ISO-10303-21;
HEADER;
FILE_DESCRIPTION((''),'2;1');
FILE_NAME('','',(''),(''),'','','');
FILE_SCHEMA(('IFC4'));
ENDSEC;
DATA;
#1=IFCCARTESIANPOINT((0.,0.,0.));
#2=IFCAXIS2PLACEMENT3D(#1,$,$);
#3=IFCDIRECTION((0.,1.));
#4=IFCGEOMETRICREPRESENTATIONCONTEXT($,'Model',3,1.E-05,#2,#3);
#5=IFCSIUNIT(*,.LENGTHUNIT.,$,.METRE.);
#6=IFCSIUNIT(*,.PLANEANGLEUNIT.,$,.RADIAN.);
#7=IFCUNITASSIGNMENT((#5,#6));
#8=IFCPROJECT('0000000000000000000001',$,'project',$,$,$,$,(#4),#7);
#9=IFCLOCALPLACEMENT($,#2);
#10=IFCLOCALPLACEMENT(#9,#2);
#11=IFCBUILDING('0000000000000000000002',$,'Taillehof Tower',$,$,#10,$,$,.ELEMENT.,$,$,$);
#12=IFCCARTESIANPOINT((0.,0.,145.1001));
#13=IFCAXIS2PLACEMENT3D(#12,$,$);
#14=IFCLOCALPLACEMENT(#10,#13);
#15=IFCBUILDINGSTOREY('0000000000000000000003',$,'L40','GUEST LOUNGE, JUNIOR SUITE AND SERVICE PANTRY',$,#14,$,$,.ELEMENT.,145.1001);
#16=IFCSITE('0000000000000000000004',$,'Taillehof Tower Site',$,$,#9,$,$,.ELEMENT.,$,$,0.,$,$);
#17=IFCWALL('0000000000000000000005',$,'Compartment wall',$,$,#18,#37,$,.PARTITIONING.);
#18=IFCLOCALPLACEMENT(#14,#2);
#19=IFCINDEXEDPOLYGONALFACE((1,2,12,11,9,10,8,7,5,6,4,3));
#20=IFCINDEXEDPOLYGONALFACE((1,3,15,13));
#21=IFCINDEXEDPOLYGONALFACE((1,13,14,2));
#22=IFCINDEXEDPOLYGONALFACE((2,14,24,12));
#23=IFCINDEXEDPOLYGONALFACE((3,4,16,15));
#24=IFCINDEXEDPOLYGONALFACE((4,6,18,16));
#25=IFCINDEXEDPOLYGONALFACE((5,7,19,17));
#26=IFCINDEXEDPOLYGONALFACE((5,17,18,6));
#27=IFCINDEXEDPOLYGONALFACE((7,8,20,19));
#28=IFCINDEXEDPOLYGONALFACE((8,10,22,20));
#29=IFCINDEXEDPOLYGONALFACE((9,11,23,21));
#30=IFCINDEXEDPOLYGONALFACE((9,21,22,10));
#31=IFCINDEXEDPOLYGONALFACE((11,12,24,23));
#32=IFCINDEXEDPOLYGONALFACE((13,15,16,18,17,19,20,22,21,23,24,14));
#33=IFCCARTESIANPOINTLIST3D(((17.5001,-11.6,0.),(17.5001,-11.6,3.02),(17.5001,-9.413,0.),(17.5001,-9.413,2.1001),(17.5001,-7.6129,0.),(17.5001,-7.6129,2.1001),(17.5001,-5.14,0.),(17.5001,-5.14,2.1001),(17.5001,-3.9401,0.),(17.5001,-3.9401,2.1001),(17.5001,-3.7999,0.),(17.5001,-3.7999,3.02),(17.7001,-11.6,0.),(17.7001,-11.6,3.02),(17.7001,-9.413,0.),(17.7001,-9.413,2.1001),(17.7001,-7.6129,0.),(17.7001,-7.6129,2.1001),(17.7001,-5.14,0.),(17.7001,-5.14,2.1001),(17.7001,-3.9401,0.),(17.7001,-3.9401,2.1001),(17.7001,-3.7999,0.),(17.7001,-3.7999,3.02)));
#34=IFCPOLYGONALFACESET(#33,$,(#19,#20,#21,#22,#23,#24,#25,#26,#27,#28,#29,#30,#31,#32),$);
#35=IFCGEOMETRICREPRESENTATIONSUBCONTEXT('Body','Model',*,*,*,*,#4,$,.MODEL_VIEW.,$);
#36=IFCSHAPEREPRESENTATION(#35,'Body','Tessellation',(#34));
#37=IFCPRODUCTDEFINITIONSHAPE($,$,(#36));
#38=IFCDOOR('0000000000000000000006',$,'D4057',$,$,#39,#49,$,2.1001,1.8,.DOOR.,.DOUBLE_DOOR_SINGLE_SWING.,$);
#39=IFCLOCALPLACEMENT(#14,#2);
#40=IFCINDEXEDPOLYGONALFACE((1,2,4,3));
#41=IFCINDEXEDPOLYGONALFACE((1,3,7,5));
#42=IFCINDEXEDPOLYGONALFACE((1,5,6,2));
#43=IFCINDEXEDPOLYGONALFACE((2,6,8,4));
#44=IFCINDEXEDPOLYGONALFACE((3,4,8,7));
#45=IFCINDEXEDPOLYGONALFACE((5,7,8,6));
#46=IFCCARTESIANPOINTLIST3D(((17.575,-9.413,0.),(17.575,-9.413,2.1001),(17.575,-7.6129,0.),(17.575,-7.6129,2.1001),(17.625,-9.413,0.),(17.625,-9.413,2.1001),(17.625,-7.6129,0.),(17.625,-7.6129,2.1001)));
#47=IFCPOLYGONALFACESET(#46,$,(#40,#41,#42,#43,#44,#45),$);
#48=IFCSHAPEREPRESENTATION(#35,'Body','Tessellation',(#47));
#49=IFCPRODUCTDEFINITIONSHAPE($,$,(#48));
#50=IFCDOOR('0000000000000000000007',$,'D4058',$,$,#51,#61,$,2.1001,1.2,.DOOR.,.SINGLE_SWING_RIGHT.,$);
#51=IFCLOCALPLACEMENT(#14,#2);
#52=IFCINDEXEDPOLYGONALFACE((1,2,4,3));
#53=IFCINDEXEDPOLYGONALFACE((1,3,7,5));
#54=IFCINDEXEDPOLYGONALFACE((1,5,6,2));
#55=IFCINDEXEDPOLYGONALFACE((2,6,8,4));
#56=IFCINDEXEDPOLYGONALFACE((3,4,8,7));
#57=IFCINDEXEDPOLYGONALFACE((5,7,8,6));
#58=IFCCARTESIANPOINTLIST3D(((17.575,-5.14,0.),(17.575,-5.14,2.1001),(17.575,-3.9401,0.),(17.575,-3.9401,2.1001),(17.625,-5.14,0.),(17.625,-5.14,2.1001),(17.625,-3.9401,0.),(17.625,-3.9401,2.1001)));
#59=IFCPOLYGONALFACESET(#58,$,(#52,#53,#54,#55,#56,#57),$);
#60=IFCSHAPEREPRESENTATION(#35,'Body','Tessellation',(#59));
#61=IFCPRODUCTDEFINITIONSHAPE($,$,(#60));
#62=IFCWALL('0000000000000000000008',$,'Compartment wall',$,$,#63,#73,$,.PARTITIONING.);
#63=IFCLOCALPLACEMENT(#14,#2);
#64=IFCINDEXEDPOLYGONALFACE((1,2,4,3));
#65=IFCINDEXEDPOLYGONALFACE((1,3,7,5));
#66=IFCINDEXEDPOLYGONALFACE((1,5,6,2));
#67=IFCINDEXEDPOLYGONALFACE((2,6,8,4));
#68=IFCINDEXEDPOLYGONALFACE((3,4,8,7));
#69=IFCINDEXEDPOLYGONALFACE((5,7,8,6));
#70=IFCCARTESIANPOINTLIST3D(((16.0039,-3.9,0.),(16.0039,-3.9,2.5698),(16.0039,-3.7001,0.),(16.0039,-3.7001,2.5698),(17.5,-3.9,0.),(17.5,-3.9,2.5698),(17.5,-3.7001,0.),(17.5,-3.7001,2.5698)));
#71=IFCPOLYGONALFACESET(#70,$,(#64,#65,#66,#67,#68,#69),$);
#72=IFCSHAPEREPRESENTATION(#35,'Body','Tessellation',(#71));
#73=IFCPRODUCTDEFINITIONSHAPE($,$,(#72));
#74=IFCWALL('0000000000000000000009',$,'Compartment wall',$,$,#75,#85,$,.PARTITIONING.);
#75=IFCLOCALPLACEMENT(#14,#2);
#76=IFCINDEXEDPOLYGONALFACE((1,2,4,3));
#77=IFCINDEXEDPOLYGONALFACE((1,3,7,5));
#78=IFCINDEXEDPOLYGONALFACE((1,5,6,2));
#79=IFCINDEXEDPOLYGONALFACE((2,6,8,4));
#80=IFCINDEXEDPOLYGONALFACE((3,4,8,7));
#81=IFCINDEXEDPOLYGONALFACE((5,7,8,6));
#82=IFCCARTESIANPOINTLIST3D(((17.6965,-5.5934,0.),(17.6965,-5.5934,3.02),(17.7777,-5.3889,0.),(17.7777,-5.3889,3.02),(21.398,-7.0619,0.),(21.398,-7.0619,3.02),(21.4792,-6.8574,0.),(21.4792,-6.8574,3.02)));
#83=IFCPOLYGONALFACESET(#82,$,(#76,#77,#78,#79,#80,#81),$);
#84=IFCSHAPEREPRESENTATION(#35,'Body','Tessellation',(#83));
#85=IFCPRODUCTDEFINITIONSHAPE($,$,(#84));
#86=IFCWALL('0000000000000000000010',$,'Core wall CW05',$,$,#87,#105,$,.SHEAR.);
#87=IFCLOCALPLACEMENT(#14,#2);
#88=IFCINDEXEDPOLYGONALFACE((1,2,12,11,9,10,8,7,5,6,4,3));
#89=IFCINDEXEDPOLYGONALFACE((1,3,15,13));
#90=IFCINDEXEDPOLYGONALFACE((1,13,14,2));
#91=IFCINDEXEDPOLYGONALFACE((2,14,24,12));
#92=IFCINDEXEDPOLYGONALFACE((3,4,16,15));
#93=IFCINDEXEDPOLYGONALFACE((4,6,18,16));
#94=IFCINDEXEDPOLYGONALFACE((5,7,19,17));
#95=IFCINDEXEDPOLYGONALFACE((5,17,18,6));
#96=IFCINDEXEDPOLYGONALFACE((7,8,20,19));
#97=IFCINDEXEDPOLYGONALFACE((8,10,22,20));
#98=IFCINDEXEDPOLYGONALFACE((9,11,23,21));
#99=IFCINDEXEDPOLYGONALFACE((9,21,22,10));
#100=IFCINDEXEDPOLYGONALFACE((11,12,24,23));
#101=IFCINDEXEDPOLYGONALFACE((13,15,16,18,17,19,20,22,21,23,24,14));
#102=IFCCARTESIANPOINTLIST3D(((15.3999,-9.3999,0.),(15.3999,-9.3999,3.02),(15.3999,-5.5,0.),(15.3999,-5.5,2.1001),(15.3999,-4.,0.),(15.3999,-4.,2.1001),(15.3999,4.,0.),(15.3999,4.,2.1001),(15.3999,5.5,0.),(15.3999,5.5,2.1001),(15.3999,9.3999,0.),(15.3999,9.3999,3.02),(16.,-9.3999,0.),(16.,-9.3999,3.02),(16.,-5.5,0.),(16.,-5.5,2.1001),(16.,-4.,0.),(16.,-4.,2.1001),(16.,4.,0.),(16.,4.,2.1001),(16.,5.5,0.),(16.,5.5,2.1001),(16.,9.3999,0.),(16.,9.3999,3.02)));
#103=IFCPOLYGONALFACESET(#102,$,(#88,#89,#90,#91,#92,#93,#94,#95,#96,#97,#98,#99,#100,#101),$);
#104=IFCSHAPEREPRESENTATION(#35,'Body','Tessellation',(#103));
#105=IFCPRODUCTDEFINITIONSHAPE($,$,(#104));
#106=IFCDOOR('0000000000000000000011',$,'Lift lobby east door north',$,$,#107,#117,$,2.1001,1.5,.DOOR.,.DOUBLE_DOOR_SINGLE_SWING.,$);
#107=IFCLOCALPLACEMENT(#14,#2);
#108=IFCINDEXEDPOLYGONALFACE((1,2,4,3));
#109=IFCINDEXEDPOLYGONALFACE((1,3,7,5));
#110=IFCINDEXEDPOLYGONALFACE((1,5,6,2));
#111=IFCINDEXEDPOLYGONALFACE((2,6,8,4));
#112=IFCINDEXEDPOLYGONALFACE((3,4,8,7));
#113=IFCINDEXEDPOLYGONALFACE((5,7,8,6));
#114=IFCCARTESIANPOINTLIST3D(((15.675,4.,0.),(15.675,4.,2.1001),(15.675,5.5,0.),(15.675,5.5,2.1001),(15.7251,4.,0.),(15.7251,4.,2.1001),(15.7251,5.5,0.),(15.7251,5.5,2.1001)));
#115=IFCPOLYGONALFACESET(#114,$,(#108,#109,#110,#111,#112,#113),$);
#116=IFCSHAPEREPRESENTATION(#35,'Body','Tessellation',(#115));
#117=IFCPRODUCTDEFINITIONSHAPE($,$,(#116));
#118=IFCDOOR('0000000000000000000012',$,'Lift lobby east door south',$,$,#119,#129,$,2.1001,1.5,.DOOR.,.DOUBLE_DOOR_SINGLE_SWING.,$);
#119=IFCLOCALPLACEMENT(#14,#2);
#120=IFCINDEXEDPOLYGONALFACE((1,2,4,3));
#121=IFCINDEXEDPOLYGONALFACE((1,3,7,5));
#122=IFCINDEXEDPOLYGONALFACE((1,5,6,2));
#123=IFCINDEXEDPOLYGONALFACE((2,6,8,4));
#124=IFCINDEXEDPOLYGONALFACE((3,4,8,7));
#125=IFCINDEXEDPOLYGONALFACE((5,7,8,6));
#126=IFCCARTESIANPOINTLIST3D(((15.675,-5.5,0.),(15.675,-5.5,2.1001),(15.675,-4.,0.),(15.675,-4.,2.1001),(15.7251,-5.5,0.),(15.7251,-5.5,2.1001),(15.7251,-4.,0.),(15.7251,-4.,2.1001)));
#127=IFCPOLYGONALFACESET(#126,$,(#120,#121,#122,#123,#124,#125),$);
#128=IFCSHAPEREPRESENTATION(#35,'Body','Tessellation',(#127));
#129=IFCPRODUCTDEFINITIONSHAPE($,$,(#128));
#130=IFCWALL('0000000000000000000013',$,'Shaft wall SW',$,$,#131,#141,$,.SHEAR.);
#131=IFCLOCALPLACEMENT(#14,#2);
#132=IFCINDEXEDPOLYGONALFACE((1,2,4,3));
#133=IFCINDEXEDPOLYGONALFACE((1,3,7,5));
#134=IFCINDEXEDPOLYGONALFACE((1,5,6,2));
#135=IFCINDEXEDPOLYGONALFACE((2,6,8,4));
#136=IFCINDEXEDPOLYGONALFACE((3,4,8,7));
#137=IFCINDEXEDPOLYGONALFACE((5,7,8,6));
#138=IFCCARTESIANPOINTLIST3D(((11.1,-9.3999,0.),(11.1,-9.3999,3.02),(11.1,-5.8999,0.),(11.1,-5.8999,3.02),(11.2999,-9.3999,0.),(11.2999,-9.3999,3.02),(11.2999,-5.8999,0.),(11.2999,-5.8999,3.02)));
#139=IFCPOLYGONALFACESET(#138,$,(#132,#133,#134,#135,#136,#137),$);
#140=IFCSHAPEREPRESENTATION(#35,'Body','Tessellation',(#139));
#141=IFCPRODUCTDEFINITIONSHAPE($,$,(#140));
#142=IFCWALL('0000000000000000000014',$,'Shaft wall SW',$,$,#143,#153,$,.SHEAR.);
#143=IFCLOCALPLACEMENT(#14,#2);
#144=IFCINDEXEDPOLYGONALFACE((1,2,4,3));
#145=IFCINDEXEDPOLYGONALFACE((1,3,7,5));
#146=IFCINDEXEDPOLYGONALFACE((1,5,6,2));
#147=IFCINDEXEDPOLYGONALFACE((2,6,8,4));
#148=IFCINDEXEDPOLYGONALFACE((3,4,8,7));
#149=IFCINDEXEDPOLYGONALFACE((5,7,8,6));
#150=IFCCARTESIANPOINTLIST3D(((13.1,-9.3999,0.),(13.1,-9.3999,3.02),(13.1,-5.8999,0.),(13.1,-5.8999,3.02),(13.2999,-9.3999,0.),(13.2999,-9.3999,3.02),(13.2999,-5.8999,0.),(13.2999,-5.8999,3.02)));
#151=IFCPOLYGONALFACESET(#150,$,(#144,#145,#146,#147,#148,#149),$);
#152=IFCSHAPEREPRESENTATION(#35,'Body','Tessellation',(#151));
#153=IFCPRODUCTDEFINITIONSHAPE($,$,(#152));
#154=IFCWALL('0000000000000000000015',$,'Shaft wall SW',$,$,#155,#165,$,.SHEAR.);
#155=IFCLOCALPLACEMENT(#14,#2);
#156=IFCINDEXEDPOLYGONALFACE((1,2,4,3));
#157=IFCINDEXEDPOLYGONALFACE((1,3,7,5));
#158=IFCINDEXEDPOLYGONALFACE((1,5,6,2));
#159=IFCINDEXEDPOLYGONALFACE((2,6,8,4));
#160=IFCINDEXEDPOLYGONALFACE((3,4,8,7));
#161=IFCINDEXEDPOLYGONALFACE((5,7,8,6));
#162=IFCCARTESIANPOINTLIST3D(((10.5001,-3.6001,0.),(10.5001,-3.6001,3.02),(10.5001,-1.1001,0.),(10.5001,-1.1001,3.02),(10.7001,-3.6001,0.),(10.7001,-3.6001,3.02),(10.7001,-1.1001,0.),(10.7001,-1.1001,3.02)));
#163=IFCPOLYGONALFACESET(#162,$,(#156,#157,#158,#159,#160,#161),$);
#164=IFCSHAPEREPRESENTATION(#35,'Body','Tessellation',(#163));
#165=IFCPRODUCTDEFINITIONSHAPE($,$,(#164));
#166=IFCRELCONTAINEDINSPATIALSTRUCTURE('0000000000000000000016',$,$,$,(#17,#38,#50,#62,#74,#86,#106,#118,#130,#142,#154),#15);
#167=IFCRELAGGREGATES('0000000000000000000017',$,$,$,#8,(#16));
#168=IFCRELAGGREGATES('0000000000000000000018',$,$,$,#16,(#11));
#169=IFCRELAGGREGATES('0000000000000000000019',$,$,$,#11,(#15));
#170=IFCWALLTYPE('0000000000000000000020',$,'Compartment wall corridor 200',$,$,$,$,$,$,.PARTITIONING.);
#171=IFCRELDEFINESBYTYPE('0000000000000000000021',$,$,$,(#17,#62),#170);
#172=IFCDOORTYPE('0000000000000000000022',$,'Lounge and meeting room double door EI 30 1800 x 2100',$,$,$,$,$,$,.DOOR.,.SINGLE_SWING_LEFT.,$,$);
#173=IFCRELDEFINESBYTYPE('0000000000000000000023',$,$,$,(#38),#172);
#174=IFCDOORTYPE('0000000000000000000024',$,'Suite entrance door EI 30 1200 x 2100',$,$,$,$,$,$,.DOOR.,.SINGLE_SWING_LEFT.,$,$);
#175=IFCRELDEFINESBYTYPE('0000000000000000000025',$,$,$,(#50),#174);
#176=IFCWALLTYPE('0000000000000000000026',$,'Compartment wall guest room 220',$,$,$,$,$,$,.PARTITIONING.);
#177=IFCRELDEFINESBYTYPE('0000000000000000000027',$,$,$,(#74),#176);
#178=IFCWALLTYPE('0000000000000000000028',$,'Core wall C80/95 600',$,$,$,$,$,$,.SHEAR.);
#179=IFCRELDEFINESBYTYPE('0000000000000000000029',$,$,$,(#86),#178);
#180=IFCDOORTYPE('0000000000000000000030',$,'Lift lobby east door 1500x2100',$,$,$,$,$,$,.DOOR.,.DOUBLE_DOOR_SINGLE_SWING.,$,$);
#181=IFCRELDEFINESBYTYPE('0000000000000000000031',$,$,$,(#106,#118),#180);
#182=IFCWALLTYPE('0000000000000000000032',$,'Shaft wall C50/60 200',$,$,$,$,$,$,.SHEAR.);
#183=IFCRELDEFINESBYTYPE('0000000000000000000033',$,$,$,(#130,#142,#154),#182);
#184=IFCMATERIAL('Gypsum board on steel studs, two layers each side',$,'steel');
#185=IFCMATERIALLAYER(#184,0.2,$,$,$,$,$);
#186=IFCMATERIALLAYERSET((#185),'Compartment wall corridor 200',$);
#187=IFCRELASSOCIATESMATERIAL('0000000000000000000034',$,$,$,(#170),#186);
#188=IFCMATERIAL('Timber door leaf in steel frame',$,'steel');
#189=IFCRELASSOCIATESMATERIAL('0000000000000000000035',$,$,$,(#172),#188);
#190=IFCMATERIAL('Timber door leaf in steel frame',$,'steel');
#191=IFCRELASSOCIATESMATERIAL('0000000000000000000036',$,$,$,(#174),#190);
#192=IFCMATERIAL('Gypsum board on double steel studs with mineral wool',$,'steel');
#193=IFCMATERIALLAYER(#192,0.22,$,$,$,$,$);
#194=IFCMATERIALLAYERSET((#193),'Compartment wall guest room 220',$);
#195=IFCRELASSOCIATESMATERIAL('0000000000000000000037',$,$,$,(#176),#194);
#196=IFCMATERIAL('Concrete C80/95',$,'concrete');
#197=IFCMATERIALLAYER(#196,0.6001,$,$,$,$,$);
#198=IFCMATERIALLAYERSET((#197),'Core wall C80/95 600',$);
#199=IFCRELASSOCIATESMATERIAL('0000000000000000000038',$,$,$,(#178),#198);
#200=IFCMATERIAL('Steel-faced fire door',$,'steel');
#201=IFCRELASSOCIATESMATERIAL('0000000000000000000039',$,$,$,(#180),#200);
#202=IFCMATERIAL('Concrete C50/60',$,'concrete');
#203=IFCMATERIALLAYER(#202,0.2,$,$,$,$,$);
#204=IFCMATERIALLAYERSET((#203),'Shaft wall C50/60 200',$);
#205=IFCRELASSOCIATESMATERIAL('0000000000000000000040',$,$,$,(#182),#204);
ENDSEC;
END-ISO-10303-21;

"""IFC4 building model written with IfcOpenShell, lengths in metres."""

from ifc_helpers import new_model, si_unit, direction, frame, frame_2d, origin, place, context, subcontext, project, spatial, rectangle, extrude, material, layer, layer_set, type_object, element, fill, save


model = new_model("IFC4")

# Units and contexts
model_context = context("Model", 3, precision=1e-05, world=origin(), true_north=direction((0.0, 1.0)))
body_context = subcontext(model_context, "Body", "Model", "MODEL_VIEW")
ifc_project = project(units=[si_unit("LENGTHUNIT", "METRE"), si_unit("PLANEANGLEUNIT", "RADIAN")], contexts=[model_context])

# Site, building, storey
site_placement = place(None, origin())
site = spatial("IfcSite", under=ifc_project, at=site_placement, Name="Taillehof Tower Site", CompositionType="ELEMENT", RefElevation=0.0)
building_placement = place(site_placement, origin())
building = spatial("IfcBuilding", under=site, at=building_placement, Name="Taillehof Tower", CompositionType="ELEMENT")
storey_placement = place(building_placement, frame((0.0, 0.0, 145.1001)))
storey = spatial("IfcBuildingStorey", under=building, at=storey_placement, Name="L40", Description="GUEST LOUNGE, JUNIOR SUITE AND SERVICE PANTRY", CompositionType="ELEMENT", Elevation=145.1001)

# Wall, openings, doors
ifc_material_1 = material(Name="Gypsum board on steel studs, two layers each side", Category="steel")
ifc_layer_1 = layer(ifc_material_1, 0.2)
ifc_layer_set_1 = layer_set([ifc_layer_1], Name="Compartment wall corridor 200")
wall_type_1 = type_object("IfcWallType", Name="Compartment wall corridor 200", PredefinedType="PARTITIONING", material=ifc_layer_set_1)
wall_1_placement = place(storey_placement, frame((17.6001, -3.8, 0.0), z_axis=(0.0, 0.0, 1.0), x_axis=(0.0, -1.0, 0.0)))
wall_1 = element("IfcWall", 1, at=wall_1_placement, inside=storey, type_object=wall_type_1, Name="Compartment wall", PredefinedType="PARTITIONING", context=body_context, shape_type="SweptSolid", body=[
    extrude(rectangle(XDim=7.8, YDim=0.2, at=frame_2d((3.8999, 0.0))), origin(), (0.0, 0.0, 1.0), 3.02),
])
opening_1_placement = place(wall_1_placement, frame((3.813, 0.0, 0.0)))
opening_1 = element("IfcOpeningElement", 2, at=opening_1_placement, cuts=wall_1, PredefinedType="OPENING", context=body_context, shape_type="SweptSolid", body=[
    extrude(rectangle(XDim=1.8, YDim=2.1001, at=frame_2d((0.8999, 1.05))), frame((0.0, 0.1099, 0.0), z_axis=(0.0, -1.0, 0.0), x_axis=(1.0, 0.0, 0.0)), (0.0, 0.0, 1.0), 0.22),
])
opening_2_placement = place(wall_1_placement, frame((0.1399, 0.0, 0.0)))
opening_2 = element("IfcOpeningElement", 3, at=opening_2_placement, cuts=wall_1, PredefinedType="OPENING", context=body_context, shape_type="SweptSolid", body=[
    extrude(rectangle(XDim=1.2, YDim=2.1001, at=frame_2d((0.6001, 1.05))), frame((0.0, 0.1099, 0.0), z_axis=(0.0, -1.0, 0.0), x_axis=(1.0, 0.0, 0.0)), (0.0, 0.0, 1.0), 0.22),
])
ifc_material_2 = material(Name="Timber door leaf in steel frame", Category="steel")
door_type_1 = type_object("IfcDoorType", Name="Lounge and meeting room double door EI 30 1800 x 2100", OperationType="SINGLE_SWING_LEFT", PredefinedType="DOOR", material=ifc_material_2)
door_1_placement = place(opening_1_placement, origin())
door_1 = element("IfcDoor", 4, at=door_1_placement, inside=storey, type_object=door_type_1, Name="D4057", OperationType="DOUBLE_DOOR_SINGLE_SWING", OverallHeight=2.1001, OverallWidth=1.8, PredefinedType="DOOR", context=body_context, shape_type="SweptSolid", body=[
    extrude(rectangle(XDim=1.8, YDim=2.1001, at=frame_2d((0.8999, 1.05))), frame((0.0, 0.0249, 0.0), z_axis=(0.0, -1.0, 0.0), x_axis=(1.0, 0.0, 0.0)), (0.0, 0.0, 1.0), 0.05),
])
fill(opening_1, door_1)
ifc_material_3 = material(Name="Timber door leaf in steel frame", Category="steel")
door_type_2 = type_object("IfcDoorType", Name="Suite entrance door EI 30 1200 x 2100", OperationType="SINGLE_SWING_LEFT", PredefinedType="DOOR", material=ifc_material_3)
door_2_placement = place(opening_2_placement, origin())
door_2 = element("IfcDoor", 5, at=door_2_placement, inside=storey, type_object=door_type_2, Name="D4058", OperationType="SINGLE_SWING_RIGHT", OverallHeight=2.1001, OverallWidth=1.2, PredefinedType="DOOR", context=body_context, shape_type="SweptSolid", body=[
    extrude(rectangle(XDim=1.2, YDim=2.1001, at=frame_2d((0.6001, 1.05))), frame((0.0, 0.0249, 0.0), z_axis=(0.0, -1.0, 0.0), x_axis=(1.0, 0.0, 0.0)), (0.0, 0.0, 1.0), 0.05),
])
fill(opening_2, door_2)

# Walls
wall_2_placement = place(storey_placement, frame((16.0039, -3.8, 0.0), z_axis=(0.0, 0.0, 1.0), x_axis=(1.0, 0.0, 0.0)))
element("IfcWall", 6, at=wall_2_placement, inside=storey, type_object=wall_type_1, Name="Compartment wall", PredefinedType="PARTITIONING", context=body_context, shape_type="SweptSolid", body=[
    extrude(rectangle(XDim=1.4961, YDim=0.2, at=frame_2d((0.748, 0.0))), origin(), (0.0, 0.0, 1.0), 2.5698),
])
ifc_material_4 = material(Name="Gypsum board on double steel studs with mineral wool", Category="steel")
ifc_layer_2 = layer(ifc_material_4, 0.22)
ifc_layer_set_2 = layer_set([ifc_layer_2], Name="Compartment wall guest room 220")
wall_type_2 = type_object("IfcWallType", Name="Compartment wall guest room 220", PredefinedType="PARTITIONING", material=ifc_layer_set_2)
wall_3_placement = place(storey_placement, frame((21.4387, -6.9597, 0.0), z_axis=(0.0, 0.0, 1.0), x_axis=(-0.929517, 0.368778, 0.0)))
element("IfcWall", 7, at=wall_3_placement, inside=storey, type_object=wall_type_2, Name="Compartment wall", PredefinedType="PARTITIONING", context=body_context, shape_type="SweptSolid", body=[
    extrude(rectangle(XDim=3.9822, YDim=0.22, at=frame_2d((1.9912, 0.0))), origin(), (0.0, 0.0, 1.0), 3.02),
])

# Wall, openings, doors
ifc_material_5 = material(Name="Concrete C80/95", Category="concrete")
ifc_layer_3 = layer(ifc_material_5, 0.6001)
ifc_layer_set_3 = layer_set([ifc_layer_3], Name="Core wall C80/95 600")
wall_type_3 = type_object("IfcWallType", Name="Core wall C80/95 600", PredefinedType="SHEAR", material=ifc_layer_set_3)
wall_4_placement = place(storey_placement, frame((15.7, -9.3999, 0.0), z_axis=(0.0, 0.0, 1.0), x_axis=(0.0, 1.0, 0.0)))
wall_4 = element("IfcWall", 8, at=wall_4_placement, inside=storey, type_object=wall_type_3, Name="Core wall CW05", PredefinedType="SHEAR", context=body_context, shape_type="SweptSolid", body=[
    extrude(rectangle(XDim=18.7998, YDim=0.6001, at=frame_2d((9.3999, 0.0))), origin(), (0.0, 0.0, 1.0), 3.02),
])
opening_3_placement = place(wall_4_placement, frame((13.3999, 0.0, 0.0)))
opening_3 = element("IfcOpeningElement", 9, at=opening_3_placement, cuts=wall_4, PredefinedType="OPENING", context=body_context, shape_type="SweptSolid", body=[
    extrude(rectangle(XDim=1.5, YDim=2.1001, at=frame_2d((0.75, 1.05))), frame((0.0, 0.3101, 0.0), z_axis=(0.0, -1.0, 0.0), x_axis=(1.0, 0.0, 0.0)), (0.0, 0.0, 1.0), 0.6201),
])
opening_4_placement = place(wall_4_placement, frame((3.8999, 0.0, 0.0)))
opening_4 = element("IfcOpeningElement", 10, at=opening_4_placement, cuts=wall_4, PredefinedType="OPENING", context=body_context, shape_type="SweptSolid", body=[
    extrude(rectangle(XDim=1.5, YDim=2.1001, at=frame_2d((0.75, 1.05))), frame((0.0, 0.3101, 0.0), z_axis=(0.0, -1.0, 0.0), x_axis=(1.0, 0.0, 0.0)), (0.0, 0.0, 1.0), 0.6201),
])
ifc_material_6 = material(Name="Steel-faced fire door", Category="steel")
door_type_3 = type_object("IfcDoorType", Name="Lift lobby east door 1500x2100", OperationType="DOUBLE_DOOR_SINGLE_SWING", PredefinedType="DOOR", material=ifc_material_6)
door_3_placement = place(opening_3_placement, origin())
door_3 = element("IfcDoor", 11, at=door_3_placement, inside=storey, type_object=door_type_3, Name="Lift lobby east door north", OperationType="DOUBLE_DOOR_SINGLE_SWING", OverallHeight=2.1001, OverallWidth=1.5, PredefinedType="DOOR", context=body_context, shape_type="SweptSolid", body=[
    extrude(rectangle(XDim=1.5, YDim=2.1001, at=frame_2d((0.75, 1.05))), frame((0.0, 0.0249, 0.0), z_axis=(0.0, -1.0, 0.0), x_axis=(1.0, 0.0, 0.0)), (0.0, 0.0, 1.0), 0.05),
])
fill(opening_3, door_3)
door_4_placement = place(opening_4_placement, origin())
door_4 = element("IfcDoor", 12, at=door_4_placement, inside=storey, type_object=door_type_3, Name="Lift lobby east door south", OperationType="DOUBLE_DOOR_SINGLE_SWING", OverallHeight=2.1001, OverallWidth=1.5, PredefinedType="DOOR", context=body_context, shape_type="SweptSolid", body=[
    extrude(rectangle(XDim=1.5, YDim=2.1001, at=frame_2d((0.75, 1.05))), frame((0.0, 0.0249, 0.0), z_axis=(0.0, -1.0, 0.0), x_axis=(1.0, 0.0, 0.0)), (0.0, 0.0, 1.0), 0.05),
])
fill(opening_4, door_4)

# Walls
ifc_material_7 = material(Name="Concrete C50/60", Category="concrete")
ifc_layer_4 = layer(ifc_material_7, 0.2)
ifc_layer_set_4 = layer_set([ifc_layer_4], Name="Shaft wall C50/60 200")
wall_type_4 = type_object("IfcWallType", Name="Shaft wall C50/60 200", PredefinedType="SHEAR", material=ifc_layer_set_4)
for number, where, z_axis, x_axis, name in (
    (13, (11.2, -9.3999, 0.0), (0.0, 0.0, 1.0), (0.0, 1.0, 0.0), "Shaft wall SW"),
    (14, (13.2, -9.3999, 0.0), (0.0, 0.0, 1.0), (0.0, 1.0, 0.0), "Shaft wall SW"),
):
    element("IfcWall", number, at=place(storey_placement, frame(where, z_axis=z_axis, x_axis=x_axis)), inside=storey, type_object=wall_type_4, Name=name, PredefinedType="SHEAR", context=body_context, shape_type="SweptSolid", body=[
        extrude(rectangle(XDim=3.5, YDim=0.2, at=frame_2d((1.75, 0.0))), origin(), (0.0, 0.0, 1.0), 3.02),
    ])
for number, where, z_axis, x_axis, name in (
    (15, (10.6001, -3.6001, 0.0), (0.0, 0.0, 1.0), (0.0, 1.0, 0.0), "Shaft wall SW"),
):
    element("IfcWall", number, at=place(storey_placement, frame(where, z_axis=z_axis, x_axis=x_axis)), inside=storey, type_object=wall_type_4, Name=name, PredefinedType="SHEAR", context=body_context, shape_type="SweptSolid", body=[
        extrude(rectangle(XDim=2.5, YDim=0.2, at=frame_2d((1.25, 0.0))), origin(), (0.0, 0.0, 1.0), 3.02),
    ])

save(model, "model.ifc")
